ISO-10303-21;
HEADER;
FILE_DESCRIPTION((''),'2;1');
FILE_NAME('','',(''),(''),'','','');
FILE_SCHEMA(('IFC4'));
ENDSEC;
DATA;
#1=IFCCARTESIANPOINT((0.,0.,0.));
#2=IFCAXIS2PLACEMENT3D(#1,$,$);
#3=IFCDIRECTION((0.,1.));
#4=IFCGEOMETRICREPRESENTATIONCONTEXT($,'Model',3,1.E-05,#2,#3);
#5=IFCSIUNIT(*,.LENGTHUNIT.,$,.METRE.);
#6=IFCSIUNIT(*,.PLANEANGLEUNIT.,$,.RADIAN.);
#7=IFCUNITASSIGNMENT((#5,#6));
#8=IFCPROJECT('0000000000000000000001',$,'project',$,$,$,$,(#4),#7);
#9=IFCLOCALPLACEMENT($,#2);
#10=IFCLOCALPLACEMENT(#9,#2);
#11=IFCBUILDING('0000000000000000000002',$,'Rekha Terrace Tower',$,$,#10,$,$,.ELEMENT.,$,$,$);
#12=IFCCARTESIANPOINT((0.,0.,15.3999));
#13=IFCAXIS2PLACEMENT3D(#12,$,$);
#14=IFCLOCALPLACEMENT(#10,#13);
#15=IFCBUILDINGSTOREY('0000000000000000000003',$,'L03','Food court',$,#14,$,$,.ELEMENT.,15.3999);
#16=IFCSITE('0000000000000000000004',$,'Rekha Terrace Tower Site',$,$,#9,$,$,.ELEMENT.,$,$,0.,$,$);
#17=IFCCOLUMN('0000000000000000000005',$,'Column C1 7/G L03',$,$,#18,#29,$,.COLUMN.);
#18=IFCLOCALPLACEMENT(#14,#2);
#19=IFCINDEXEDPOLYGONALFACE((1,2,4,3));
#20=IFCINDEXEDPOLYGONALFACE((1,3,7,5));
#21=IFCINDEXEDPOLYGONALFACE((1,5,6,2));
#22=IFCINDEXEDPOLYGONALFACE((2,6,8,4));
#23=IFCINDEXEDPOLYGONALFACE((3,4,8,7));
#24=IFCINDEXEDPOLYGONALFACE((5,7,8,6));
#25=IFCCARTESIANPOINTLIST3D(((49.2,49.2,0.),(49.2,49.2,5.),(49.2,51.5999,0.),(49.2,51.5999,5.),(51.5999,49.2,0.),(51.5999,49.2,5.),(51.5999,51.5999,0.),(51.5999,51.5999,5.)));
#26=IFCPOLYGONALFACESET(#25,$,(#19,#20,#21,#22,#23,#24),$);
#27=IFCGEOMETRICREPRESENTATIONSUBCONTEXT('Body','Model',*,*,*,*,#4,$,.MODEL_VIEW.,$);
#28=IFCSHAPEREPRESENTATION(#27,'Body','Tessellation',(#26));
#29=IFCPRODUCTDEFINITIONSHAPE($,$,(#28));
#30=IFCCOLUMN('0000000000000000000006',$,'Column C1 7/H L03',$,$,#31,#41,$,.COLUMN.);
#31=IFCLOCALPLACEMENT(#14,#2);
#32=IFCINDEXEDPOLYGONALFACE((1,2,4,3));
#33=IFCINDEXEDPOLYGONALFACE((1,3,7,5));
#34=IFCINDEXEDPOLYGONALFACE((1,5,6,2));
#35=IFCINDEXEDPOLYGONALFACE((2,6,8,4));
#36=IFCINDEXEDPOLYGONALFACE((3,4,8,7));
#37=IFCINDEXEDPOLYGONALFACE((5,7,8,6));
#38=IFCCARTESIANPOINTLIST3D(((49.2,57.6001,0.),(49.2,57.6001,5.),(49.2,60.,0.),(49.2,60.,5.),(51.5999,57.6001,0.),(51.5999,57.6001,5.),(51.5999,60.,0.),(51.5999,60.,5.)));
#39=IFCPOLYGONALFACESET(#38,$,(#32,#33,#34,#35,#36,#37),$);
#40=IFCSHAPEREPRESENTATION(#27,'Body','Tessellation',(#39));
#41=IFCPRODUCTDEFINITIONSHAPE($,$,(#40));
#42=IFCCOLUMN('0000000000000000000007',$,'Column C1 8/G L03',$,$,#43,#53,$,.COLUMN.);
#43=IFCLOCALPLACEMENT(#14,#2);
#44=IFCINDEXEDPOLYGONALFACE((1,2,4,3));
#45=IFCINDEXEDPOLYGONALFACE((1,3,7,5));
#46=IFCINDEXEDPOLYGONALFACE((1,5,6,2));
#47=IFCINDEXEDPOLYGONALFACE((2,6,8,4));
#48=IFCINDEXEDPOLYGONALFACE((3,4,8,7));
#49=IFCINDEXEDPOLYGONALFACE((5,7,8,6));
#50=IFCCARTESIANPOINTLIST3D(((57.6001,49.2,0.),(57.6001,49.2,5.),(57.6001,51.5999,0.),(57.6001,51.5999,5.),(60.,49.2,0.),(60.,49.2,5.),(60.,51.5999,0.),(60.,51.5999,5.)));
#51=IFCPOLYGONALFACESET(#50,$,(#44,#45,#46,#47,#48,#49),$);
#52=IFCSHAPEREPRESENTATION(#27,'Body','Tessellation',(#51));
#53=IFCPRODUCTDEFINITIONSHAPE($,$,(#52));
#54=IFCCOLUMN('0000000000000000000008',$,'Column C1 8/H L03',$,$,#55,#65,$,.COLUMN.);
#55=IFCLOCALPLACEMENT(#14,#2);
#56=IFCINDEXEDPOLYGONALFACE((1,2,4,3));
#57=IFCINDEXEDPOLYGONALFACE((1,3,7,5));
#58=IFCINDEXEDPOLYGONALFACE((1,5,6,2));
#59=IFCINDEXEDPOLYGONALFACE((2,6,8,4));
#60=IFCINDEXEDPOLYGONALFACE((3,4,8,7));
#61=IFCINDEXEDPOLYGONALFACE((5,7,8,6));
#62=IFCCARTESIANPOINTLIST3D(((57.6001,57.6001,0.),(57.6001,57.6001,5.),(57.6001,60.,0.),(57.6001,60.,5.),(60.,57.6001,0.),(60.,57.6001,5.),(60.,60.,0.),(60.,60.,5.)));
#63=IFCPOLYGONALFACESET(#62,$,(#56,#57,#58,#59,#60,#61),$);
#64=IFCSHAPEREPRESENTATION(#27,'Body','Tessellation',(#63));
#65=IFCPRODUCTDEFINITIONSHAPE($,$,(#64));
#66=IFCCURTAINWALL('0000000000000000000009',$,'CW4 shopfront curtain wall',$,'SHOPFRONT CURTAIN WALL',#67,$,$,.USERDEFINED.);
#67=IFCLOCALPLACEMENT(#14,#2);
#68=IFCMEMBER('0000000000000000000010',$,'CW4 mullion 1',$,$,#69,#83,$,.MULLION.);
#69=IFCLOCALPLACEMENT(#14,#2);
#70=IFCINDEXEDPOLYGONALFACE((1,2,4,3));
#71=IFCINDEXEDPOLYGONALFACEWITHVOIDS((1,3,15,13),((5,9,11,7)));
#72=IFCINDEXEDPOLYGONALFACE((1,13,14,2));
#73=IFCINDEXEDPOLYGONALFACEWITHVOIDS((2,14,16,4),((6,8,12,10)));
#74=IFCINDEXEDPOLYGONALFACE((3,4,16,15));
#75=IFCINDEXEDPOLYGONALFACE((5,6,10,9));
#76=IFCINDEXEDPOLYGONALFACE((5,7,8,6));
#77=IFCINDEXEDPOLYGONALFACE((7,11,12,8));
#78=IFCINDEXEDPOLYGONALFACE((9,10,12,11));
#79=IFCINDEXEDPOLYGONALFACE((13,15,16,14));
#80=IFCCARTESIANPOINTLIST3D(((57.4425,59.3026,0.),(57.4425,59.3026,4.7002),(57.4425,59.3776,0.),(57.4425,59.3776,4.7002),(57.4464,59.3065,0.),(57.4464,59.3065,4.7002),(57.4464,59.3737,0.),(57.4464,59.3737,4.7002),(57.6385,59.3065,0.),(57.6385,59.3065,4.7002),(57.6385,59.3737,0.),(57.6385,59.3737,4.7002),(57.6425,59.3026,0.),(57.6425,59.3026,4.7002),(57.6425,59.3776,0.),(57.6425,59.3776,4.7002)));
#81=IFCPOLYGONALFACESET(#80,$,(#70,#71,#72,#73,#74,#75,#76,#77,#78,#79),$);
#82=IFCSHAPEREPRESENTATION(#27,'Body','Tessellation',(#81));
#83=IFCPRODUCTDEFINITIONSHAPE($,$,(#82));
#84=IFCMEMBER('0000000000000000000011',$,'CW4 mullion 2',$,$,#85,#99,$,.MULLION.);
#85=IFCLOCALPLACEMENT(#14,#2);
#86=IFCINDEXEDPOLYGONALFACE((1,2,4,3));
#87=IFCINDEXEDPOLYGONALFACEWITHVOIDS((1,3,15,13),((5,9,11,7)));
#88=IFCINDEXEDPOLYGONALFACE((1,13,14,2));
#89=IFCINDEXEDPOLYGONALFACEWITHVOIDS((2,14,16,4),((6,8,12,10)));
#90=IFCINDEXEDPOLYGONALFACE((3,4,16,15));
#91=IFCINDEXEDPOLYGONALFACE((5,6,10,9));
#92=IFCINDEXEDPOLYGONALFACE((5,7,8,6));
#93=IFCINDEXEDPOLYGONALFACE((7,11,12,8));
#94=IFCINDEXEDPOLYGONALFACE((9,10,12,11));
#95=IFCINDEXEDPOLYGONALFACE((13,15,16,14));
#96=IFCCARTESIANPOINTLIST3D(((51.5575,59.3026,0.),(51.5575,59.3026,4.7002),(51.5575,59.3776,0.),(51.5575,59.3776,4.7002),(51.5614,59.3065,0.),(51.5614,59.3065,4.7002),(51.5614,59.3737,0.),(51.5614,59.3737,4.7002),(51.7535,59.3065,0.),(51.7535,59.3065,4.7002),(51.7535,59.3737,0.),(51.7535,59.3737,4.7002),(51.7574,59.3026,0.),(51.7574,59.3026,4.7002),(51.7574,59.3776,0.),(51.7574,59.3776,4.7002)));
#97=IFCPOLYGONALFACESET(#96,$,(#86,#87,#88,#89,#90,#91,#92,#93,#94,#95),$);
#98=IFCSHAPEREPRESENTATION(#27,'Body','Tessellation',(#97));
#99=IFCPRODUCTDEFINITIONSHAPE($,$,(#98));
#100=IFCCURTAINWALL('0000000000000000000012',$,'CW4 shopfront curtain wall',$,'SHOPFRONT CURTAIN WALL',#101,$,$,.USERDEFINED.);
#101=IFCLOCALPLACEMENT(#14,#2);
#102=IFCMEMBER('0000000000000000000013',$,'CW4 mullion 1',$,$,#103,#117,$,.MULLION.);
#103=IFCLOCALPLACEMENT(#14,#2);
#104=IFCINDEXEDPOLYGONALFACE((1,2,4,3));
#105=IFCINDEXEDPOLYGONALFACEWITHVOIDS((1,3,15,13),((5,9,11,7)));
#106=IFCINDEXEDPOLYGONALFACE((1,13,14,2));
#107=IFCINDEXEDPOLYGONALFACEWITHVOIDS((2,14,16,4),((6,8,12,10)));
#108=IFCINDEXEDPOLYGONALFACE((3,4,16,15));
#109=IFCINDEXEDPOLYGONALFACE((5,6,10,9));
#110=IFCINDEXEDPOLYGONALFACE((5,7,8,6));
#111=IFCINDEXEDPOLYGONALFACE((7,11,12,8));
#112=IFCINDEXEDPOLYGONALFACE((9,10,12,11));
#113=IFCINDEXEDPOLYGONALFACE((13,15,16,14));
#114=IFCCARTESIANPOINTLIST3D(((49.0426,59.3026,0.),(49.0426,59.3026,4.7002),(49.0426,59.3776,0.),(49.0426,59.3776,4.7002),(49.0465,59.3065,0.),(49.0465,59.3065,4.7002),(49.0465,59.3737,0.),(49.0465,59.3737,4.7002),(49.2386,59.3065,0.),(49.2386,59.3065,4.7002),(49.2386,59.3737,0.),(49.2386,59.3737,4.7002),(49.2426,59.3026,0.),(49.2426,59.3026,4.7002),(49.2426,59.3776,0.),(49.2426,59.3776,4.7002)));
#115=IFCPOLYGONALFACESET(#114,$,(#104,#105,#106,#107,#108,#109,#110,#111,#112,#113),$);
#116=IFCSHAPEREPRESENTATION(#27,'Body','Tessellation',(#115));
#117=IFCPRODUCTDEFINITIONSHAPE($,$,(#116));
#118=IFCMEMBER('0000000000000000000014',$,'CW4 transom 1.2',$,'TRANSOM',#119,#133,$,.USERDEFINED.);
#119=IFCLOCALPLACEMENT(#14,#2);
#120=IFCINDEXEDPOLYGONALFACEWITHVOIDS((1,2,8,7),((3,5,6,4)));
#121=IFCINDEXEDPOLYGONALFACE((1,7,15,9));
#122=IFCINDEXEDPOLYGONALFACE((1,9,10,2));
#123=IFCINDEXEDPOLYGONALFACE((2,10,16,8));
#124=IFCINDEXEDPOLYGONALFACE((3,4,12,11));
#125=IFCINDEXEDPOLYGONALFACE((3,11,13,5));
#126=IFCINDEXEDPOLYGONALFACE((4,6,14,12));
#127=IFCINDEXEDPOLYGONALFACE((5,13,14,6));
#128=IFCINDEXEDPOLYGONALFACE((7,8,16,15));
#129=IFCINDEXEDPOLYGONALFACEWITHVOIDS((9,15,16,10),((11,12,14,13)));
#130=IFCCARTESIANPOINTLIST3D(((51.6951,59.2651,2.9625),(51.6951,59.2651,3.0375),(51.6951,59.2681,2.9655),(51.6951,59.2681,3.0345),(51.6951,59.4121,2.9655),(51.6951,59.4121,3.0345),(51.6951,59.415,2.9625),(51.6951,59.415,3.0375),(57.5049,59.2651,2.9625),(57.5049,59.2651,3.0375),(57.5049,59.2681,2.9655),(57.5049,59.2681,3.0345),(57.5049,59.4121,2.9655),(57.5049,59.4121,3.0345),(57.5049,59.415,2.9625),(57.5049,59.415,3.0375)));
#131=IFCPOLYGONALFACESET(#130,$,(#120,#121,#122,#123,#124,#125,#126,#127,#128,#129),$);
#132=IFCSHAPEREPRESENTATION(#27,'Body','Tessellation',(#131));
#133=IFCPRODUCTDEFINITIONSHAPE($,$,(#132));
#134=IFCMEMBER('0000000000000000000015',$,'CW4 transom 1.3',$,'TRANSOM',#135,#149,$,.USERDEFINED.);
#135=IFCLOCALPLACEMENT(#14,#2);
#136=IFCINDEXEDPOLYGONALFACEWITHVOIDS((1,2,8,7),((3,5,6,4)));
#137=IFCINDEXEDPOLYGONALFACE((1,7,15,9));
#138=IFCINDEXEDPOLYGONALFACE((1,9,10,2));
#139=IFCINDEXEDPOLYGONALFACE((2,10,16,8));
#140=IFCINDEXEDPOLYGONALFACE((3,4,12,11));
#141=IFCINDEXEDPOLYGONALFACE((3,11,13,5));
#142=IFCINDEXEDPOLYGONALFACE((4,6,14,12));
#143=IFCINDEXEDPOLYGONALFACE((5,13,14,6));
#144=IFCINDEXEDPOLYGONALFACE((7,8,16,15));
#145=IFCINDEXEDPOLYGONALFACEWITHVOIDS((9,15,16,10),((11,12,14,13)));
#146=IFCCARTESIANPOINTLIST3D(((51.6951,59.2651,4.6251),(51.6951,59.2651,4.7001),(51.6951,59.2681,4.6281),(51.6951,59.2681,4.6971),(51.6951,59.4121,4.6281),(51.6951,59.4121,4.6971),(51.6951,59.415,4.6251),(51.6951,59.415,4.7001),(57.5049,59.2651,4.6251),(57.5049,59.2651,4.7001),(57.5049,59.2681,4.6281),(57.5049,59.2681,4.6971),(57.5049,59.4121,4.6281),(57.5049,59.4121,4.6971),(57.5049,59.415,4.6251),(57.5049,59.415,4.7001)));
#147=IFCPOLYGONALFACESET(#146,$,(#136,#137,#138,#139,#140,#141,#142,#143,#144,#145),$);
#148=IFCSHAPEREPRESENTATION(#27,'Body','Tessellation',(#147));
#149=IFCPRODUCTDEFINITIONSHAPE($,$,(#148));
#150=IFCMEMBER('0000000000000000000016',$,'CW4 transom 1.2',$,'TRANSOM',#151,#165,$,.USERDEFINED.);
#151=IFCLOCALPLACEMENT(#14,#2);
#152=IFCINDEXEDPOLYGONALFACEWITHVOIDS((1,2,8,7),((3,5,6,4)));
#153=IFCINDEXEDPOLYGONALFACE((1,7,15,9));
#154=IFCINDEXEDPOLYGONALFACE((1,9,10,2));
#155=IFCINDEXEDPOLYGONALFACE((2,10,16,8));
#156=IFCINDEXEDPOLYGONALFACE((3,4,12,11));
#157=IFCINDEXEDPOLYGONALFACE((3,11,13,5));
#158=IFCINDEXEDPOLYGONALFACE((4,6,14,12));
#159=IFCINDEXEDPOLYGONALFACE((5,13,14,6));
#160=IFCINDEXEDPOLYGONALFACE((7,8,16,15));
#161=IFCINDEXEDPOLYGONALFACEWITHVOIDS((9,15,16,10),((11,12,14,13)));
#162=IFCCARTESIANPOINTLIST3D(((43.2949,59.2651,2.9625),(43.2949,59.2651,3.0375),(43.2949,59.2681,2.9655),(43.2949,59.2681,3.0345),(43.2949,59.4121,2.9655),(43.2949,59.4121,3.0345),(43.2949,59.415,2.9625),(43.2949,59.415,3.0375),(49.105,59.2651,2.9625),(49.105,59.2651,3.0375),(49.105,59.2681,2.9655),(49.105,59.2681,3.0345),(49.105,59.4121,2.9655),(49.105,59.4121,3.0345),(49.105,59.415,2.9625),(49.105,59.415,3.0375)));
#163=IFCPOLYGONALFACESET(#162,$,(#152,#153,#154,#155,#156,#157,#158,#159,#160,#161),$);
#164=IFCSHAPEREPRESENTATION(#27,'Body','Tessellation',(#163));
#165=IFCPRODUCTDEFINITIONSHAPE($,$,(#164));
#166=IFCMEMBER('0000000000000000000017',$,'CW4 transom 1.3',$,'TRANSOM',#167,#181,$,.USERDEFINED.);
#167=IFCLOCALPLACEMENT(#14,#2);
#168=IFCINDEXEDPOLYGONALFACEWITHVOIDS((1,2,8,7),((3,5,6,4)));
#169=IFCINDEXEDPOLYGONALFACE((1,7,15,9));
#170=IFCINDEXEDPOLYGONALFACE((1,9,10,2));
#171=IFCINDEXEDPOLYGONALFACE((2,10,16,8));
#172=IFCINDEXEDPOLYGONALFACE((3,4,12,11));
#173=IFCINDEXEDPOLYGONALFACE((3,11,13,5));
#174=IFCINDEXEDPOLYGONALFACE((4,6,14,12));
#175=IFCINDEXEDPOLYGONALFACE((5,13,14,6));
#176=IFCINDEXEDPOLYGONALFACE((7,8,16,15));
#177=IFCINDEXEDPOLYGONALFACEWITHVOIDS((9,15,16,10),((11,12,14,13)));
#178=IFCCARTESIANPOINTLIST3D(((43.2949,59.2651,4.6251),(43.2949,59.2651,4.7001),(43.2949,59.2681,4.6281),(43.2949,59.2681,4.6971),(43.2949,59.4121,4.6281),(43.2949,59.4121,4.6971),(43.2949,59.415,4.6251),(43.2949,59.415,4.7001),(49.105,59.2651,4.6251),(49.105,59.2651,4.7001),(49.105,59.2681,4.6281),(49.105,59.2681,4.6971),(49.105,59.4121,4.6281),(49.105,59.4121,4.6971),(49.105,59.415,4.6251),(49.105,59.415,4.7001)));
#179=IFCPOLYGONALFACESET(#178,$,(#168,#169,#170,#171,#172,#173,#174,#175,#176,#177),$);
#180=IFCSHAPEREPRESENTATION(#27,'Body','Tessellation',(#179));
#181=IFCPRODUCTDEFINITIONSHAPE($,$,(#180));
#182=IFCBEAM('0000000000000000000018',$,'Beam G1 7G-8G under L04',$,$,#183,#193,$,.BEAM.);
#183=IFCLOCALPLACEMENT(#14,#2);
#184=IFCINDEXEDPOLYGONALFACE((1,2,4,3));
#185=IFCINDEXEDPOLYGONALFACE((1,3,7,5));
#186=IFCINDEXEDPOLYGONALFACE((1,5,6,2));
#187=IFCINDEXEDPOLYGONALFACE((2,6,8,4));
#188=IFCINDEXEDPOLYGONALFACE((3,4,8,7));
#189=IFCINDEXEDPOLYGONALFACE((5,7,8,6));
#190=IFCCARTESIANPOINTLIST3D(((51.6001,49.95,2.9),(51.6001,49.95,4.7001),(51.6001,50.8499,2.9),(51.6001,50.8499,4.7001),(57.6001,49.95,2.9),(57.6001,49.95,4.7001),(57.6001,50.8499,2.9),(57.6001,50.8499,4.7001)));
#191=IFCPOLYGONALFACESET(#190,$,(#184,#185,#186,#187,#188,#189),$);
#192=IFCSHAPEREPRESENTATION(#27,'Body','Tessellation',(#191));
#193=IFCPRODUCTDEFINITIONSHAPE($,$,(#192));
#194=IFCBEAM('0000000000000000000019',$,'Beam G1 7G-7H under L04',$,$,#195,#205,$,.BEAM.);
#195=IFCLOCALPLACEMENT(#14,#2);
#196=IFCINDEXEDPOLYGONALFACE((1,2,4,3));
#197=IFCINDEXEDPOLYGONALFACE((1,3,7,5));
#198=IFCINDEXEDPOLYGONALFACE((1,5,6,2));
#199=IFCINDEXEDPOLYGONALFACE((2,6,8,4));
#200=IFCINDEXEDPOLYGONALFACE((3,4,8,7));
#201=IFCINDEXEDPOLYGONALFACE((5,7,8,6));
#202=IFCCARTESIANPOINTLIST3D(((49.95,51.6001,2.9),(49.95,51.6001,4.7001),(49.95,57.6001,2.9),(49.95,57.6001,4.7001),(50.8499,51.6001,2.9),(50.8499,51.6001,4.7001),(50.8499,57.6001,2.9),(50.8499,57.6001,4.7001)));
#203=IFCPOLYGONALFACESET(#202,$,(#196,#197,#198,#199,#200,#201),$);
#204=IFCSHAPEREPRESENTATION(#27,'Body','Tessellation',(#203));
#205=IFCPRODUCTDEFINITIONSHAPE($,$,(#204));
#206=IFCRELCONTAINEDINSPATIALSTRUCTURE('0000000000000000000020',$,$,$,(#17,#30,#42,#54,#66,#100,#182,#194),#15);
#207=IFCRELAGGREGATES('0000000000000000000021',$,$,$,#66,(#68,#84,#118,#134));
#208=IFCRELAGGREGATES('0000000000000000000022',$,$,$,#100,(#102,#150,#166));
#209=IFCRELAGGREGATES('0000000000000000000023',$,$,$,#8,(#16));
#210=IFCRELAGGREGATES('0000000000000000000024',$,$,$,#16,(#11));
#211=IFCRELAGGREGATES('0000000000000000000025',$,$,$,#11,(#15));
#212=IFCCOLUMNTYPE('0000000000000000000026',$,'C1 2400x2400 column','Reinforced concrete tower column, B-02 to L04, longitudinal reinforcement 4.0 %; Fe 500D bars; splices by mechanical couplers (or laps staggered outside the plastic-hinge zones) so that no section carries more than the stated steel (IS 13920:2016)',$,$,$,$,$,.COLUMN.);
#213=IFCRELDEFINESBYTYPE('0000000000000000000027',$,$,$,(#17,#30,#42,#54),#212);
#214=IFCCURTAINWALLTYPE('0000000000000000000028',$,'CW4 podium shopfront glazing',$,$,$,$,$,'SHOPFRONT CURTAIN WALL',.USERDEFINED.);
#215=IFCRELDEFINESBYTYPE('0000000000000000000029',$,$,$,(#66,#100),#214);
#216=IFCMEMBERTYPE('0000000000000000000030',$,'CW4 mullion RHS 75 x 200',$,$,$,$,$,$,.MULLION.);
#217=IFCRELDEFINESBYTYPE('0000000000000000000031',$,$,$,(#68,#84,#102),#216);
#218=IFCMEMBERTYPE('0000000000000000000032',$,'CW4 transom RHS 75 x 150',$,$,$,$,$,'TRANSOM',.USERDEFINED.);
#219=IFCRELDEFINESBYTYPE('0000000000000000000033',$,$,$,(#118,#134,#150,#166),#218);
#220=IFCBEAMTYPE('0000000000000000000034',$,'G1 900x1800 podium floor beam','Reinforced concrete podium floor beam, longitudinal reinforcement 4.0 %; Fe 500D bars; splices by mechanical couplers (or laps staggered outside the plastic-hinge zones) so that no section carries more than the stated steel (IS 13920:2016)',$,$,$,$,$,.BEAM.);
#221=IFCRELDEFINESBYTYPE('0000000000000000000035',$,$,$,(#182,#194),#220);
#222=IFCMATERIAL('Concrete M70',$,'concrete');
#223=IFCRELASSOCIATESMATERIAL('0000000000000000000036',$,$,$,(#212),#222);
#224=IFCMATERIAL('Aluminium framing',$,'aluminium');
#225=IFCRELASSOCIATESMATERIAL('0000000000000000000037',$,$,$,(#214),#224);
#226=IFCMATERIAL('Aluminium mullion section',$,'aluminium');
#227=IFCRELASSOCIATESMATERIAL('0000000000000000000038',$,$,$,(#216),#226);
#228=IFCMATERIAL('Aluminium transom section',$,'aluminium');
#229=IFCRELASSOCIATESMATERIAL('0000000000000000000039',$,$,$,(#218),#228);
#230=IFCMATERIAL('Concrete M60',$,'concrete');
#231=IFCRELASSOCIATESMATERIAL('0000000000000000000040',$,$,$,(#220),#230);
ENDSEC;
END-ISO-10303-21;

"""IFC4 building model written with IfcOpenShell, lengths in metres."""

from ifc_helpers import new_model, si_unit, direction, frame, origin, origin_2d, place, context, subcontext, project, spatial, rectangle, hollow_rectangle, extrude, material, material_profile, profile_set, type_object, element, aggregate, save


model = new_model("IFC4")

# Units and contexts
model_context = context("Model", 3, precision=1e-05, world=origin(), true_north=direction((0.0, 1.0)))
body_context = subcontext(model_context, "Body", "Model", "MODEL_VIEW")
ifc_project = project(units=[si_unit("LENGTHUNIT", "METRE"), si_unit("PLANEANGLEUNIT", "RADIAN")], contexts=[model_context])

# Site, building, storey
site_placement = place(None, origin())
site = spatial("IfcSite", under=ifc_project, at=site_placement, Name="Rekha Terrace Tower Site", CompositionType="ELEMENT", RefElevation=0.0)
building_placement = place(site_placement, origin())
building = spatial("IfcBuilding", under=site, at=building_placement, Name="Rekha Terrace Tower", CompositionType="ELEMENT")
storey_placement = place(building_placement, frame((0.0, 0.0, 15.3999)))
storey = spatial("IfcBuildingStorey", under=building, at=storey_placement, Name="L03", Description="Food court", CompositionType="ELEMENT", Elevation=15.3999)

# Columns
ifc_material_1 = material(Name="Concrete M70", Category="concrete")
ifc_material_profile_1 = material_profile(ifc_material_1, rectangle(XDim=2.3999, YDim=2.3999, at=origin_2d()), Name="RC 2400x2400")
ifc_profile_set_1 = profile_set([ifc_material_profile_1], Name="Concrete M70")
column_type = type_object("IfcColumnType", Name="C1 2400x2400 column", Description="Reinforced concrete tower column, B-02 to L04, longitudinal reinforcement 4.0 %; Fe 500D bars; splices by mechanical couplers (or laps staggered outside the plastic-hinge zones) so that no section carries more than the stated steel (IS 13920:2016)", PredefinedType="COLUMN", material=ifc_profile_set_1)
for number, where, z_axis, x_axis, name in (
    (1, (50.3999, 50.3999, 0.0), (0.0, 0.0, 1.0), (1.0, 0.0, 0.0), "Column C1 7/G L03"),
    (2, (50.3999, 58.8, 0.0), (0.0, 0.0, 1.0), (1.0, 0.0, 0.0), "Column C1 7/H L03"),
    (3, (58.8, 50.3999, 0.0), (0.0, 0.0, 1.0), (1.0, 0.0, 0.0), "Column C1 8/G L03"),
    (4, (58.8, 58.8, 0.0), (0.0, 0.0, 1.0), (1.0, 0.0, 0.0), "Column C1 8/H L03"),
):
    element("IfcColumn", number, at=place(storey_placement, frame(where, z_axis=z_axis, x_axis=x_axis)), inside=storey, type_object=column_type, Name=name, PredefinedType="COLUMN", context=body_context, shape_type="SweptSolid", body=[
        extrude(rectangle(XDim=2.3999, YDim=2.3999, at=origin_2d()), origin(), (0.0, 0.0, 1.0), 5.0),
    ])

# Curtain wall, members
ifc_material_2 = material(Name="Aluminium framing", Category="aluminium")
curtain_wall_type = type_object("IfcCurtainWallType", Name="CW4 podium shopfront glazing", ElementType="SHOPFRONT CURTAIN WALL", PredefinedType="USERDEFINED", material=ifc_material_2)
curtain_wall_1_placement = place(storey_placement, origin())
curtain_wall_1 = element("IfcCurtainWall", 5, at=curtain_wall_1_placement, inside=storey, type_object=curtain_wall_type, Name="CW4 shopfront curtain wall", ObjectType="SHOPFRONT CURTAIN WALL", PredefinedType="USERDEFINED")
ifc_material_3 = material(Name="Aluminium mullion section", Category="aluminium")
ifc_material_profile_2 = material_profile(ifc_material_3, hollow_rectangle(XDim=0.075, YDim=0.2, WallThickness=0.0039, at=origin_2d()), Name="AL RHS 75x200")
ifc_profile_set_2 = profile_set([ifc_material_profile_2], Name="Aluminium mullion section")
member_type_1 = type_object("IfcMemberType", Name="CW4 mullion RHS 75 x 200", PredefinedType="MULLION", material=ifc_profile_set_2)
member_1_placement = place(storey_placement, frame((57.5425, 59.3401, 0.0), z_axis=(0.0, 0.0, 1.0), x_axis=(0.0, -1.0, 0.0)))
member_1 = element("IfcMember", 6, at=member_1_placement, type_object=member_type_1, Name="CW4 mullion 1", PredefinedType="MULLION", context=body_context, shape_type="SweptSolid", body=[
    extrude(hollow_rectangle(XDim=0.075, YDim=0.2, WallThickness=0.0039, at=origin_2d()), origin(), (0.0, 0.0, 1.0), 4.7002),
])
member_2_placement = place(storey_placement, frame((51.6575, 59.3401, 0.0), z_axis=(0.0, 0.0, 1.0), x_axis=(0.0, -1.0, 0.0)))
member_2 = element("IfcMember", 7, at=member_2_placement, type_object=member_type_1, Name="CW4 mullion 2", PredefinedType="MULLION", context=body_context, shape_type="SweptSolid", body=[
    extrude(hollow_rectangle(XDim=0.075, YDim=0.2, WallThickness=0.0039, at=origin_2d()), origin(), (0.0, 0.0, 1.0), 4.7002),
])

# Curtain wall, member
curtain_wall_2_placement = place(storey_placement, origin())
curtain_wall_2 = element("IfcCurtainWall", 8, at=curtain_wall_2_placement, inside=storey, type_object=curtain_wall_type, Name="CW4 shopfront curtain wall", ObjectType="SHOPFRONT CURTAIN WALL", PredefinedType="USERDEFINED")
member_3_placement = place(storey_placement, frame((49.1426, 59.3401, 0.0), z_axis=(0.0, 0.0, 1.0), x_axis=(0.0, -1.0, 0.0)))
member_3 = element("IfcMember", 9, at=member_3_placement, type_object=member_type_1, Name="CW4 mullion 1", PredefinedType="MULLION", context=body_context, shape_type="SweptSolid", body=[
    extrude(hollow_rectangle(XDim=0.075, YDim=0.2, WallThickness=0.0039, at=origin_2d()), origin(), (0.0, 0.0, 1.0), 4.7002),
])

# Members
ifc_material_4 = material(Name="Aluminium transom section", Category="aluminium")
ifc_material_profile_3 = material_profile(ifc_material_4, hollow_rectangle(XDim=0.1499, YDim=0.075, WallThickness=0.0029, at=origin_2d()), Name="AL RHS 150x75")
ifc_profile_set_3 = profile_set([ifc_material_profile_3], Name="Aluminium transom section")
member_type_2 = type_object("IfcMemberType", Name="CW4 transom RHS 75 x 150", ElementType="TRANSOM", PredefinedType="USERDEFINED", material=ifc_profile_set_3)
member_4_placement = place(storey_placement, frame((57.5049, 59.3401, 3.0), z_axis=(-1.0, 0.0, 0.0), x_axis=(0.0, -1.0, 0.0)))
member_4 = element("IfcMember", 10, at=member_4_placement, type_object=member_type_2, Name="CW4 transom 1.2", ObjectType="TRANSOM", PredefinedType="USERDEFINED", context=body_context, shape_type="SweptSolid", body=[
    extrude(hollow_rectangle(XDim=0.1499, YDim=0.075, WallThickness=0.0029, at=origin_2d()), origin(), (0.0, 0.0, 1.0), 5.8098),
])
member_5_placement = place(storey_placement, frame((57.5049, 59.3401, 4.6626), z_axis=(-1.0, 0.0, 0.0), x_axis=(0.0, -1.0, 0.0)))
member_5 = element("IfcMember", 11, at=member_5_placement, type_object=member_type_2, Name="CW4 transom 1.3", ObjectType="TRANSOM", PredefinedType="USERDEFINED", context=body_context, shape_type="SweptSolid", body=[
    extrude(hollow_rectangle(XDim=0.1499, YDim=0.075, WallThickness=0.0029, at=origin_2d()), origin(), (0.0, 0.0, 1.0), 5.8098),
])
member_6_placement = place(storey_placement, frame((49.105, 59.3401, 3.0), z_axis=(-1.0, 0.0, 0.0), x_axis=(0.0, -1.0, 0.0)))
member_6 = element("IfcMember", 12, at=member_6_placement, type_object=member_type_2, Name="CW4 transom 1.2", ObjectType="TRANSOM", PredefinedType="USERDEFINED", context=body_context, shape_type="SweptSolid", body=[
    extrude(hollow_rectangle(XDim=0.1499, YDim=0.075, WallThickness=0.0029, at=origin_2d()), origin(), (0.0, 0.0, 1.0), 5.8101),
])
member_7_placement = place(storey_placement, frame((49.105, 59.3401, 4.6626), z_axis=(-1.0, 0.0, 0.0), x_axis=(0.0, -1.0, 0.0)))
member_7 = element("IfcMember", 13, at=member_7_placement, type_object=member_type_2, Name="CW4 transom 1.3", ObjectType="TRANSOM", PredefinedType="USERDEFINED", context=body_context, shape_type="SweptSolid", body=[
    extrude(hollow_rectangle(XDim=0.1499, YDim=0.075, WallThickness=0.0029, at=origin_2d()), origin(), (0.0, 0.0, 1.0), 5.8101),
])

# Beams
ifc_material_5 = material(Name="Concrete M60", Category="concrete")
ifc_material_profile_4 = material_profile(ifc_material_5, rectangle(XDim=0.8999, YDim=1.8, at=origin_2d()), Name="RC 900x1800")
ifc_profile_set_4 = profile_set([ifc_material_profile_4], Name="Concrete M60")
beam_type = type_object("IfcBeamType", Name="G1 900x1800 podium floor beam", Description="Reinforced concrete podium floor beam, longitudinal reinforcement 4.0 %; Fe 500D bars; splices by mechanical couplers (or laps staggered outside the plastic-hinge zones) so that no section carries more than the stated steel (IS 13920:2016)", PredefinedType="BEAM", material=ifc_profile_set_4)
for number, where, z_axis, x_axis, name in (
    (14, (51.6001, 50.3999, 3.8), (1.0, 0.0, 0.0), (0.0, 1.0, 0.0), "Beam G1 7G-8G under L04"),
    (15, (50.3999, 51.6001, 3.8), (0.0, 1.0, 0.0), (-1.0, 0.0, 0.0), "Beam G1 7G-7H under L04"),
):
    element("IfcBeam", number, at=place(storey_placement, frame(where, z_axis=z_axis, x_axis=x_axis)), inside=storey, type_object=beam_type, Name=name, PredefinedType="BEAM", context=body_context, shape_type="SweptSolid", body=[
        extrude(rectangle(XDim=0.8999, YDim=1.8, at=origin_2d()), origin(), (0.0, 0.0, 1.0), 6.0),
    ])

aggregate(curtain_wall_1, [member_1, member_2, member_4, member_5])
aggregate(curtain_wall_2, [member_3, member_6, member_7])

save(model, "model.ifc")
